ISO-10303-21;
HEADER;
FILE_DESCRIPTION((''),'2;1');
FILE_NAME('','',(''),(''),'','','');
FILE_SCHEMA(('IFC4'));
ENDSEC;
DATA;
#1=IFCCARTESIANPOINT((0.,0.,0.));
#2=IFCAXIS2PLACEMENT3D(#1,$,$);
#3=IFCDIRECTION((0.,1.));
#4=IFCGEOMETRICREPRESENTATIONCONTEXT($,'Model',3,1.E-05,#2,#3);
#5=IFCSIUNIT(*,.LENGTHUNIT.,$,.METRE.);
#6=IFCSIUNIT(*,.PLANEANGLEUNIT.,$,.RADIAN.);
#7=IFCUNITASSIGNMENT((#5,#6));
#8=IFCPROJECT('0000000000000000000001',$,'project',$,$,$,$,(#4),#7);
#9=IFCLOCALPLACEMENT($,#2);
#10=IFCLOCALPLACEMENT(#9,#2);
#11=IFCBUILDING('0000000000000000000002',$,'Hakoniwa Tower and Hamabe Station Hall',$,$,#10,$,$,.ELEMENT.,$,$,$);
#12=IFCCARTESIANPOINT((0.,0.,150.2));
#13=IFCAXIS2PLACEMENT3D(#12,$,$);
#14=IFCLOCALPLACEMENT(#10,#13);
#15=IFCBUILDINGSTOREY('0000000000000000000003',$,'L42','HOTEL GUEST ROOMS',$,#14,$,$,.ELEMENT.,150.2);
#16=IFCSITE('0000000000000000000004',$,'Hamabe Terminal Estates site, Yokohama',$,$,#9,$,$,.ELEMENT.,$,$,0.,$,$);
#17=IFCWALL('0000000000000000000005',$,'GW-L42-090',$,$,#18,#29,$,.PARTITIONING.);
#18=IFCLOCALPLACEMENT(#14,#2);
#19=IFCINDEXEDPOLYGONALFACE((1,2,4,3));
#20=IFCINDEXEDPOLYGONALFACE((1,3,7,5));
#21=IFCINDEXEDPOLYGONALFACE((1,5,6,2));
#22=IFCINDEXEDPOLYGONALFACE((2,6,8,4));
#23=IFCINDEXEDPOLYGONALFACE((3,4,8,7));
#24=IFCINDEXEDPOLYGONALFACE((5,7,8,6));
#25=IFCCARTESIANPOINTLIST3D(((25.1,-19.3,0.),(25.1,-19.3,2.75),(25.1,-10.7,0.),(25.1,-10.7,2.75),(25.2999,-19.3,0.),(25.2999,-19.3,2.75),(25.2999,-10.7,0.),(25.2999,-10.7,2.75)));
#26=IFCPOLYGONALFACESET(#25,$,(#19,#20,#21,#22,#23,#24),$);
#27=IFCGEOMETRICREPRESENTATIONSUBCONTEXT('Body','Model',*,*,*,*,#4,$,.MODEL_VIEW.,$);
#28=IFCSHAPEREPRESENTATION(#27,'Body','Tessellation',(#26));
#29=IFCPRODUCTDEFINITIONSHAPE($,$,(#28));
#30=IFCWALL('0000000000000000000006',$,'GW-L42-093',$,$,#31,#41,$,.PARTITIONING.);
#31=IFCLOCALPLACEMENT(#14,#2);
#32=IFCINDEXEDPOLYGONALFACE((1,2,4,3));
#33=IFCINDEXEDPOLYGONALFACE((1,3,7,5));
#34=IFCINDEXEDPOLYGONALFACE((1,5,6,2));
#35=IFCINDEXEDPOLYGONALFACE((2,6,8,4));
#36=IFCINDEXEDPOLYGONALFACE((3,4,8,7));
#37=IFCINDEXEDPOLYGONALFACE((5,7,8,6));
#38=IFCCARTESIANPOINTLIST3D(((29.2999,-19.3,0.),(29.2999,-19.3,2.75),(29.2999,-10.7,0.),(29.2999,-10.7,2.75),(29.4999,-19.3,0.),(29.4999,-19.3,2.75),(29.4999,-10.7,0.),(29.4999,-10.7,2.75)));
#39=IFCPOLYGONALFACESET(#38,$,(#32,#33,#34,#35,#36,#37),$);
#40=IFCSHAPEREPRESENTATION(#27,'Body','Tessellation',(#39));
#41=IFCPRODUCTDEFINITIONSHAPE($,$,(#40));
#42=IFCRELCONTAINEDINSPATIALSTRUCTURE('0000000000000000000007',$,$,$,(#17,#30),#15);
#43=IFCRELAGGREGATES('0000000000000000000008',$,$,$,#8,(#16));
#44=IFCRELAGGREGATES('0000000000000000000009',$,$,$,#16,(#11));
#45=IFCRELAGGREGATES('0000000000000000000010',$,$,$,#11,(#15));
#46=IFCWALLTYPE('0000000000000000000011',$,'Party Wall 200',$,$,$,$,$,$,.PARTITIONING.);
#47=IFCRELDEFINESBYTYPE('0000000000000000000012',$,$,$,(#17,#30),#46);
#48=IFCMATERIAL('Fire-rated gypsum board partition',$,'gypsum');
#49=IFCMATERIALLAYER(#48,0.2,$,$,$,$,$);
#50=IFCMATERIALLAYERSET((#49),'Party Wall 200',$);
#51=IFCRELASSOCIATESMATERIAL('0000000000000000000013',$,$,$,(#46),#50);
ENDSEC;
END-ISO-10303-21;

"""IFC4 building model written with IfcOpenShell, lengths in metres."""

from ifc_helpers import new_model, si_unit, direction, frame, frame_2d, origin, place, context, subcontext, project, spatial, rectangle, extrude, material, layer, layer_set, type_object, element, save


model = new_model("IFC4")

# Units and contexts
model_context = context("Model", 3, precision=1e-05, world=origin(), true_north=direction((0.0, 1.0)))
body_context = subcontext(model_context, "Body", "Model", "MODEL_VIEW")
ifc_project = project(units=[si_unit("LENGTHUNIT", "METRE"), si_unit("PLANEANGLEUNIT", "RADIAN")], contexts=[model_context])

# Site, building, storey
site_placement = place(None, origin())
site = spatial("IfcSite", under=ifc_project, at=site_placement, Name="Hamabe Terminal Estates site, Yokohama", CompositionType="ELEMENT", RefElevation=0.0)
building_placement = place(site_placement, origin())
building = spatial("IfcBuilding", under=site, at=building_placement, Name="Hakoniwa Tower and Hamabe Station Hall", CompositionType="ELEMENT")
storey_placement = place(building_placement, frame((0.0, 0.0, 150.2)))
storey = spatial("IfcBuildingStorey", under=building, at=storey_placement, Name="L42", Description="HOTEL GUEST ROOMS", CompositionType="ELEMENT", Elevation=150.2)

# Walls
ifc_material_1 = material(Name="Fire-rated gypsum board partition", Category="gypsum")
ifc_layer_1 = layer(ifc_material_1, 0.2)
ifc_layer_set_1 = layer_set([ifc_layer_1], Name="Party Wall 200")
wall_type_1 = type_object("IfcWallType", Name="Party Wall 200", PredefinedType="PARTITIONING", material=ifc_layer_set_1)
for number, where, z_axis, x_axis, name in (
    (1, (25.2, -19.3, 0.0), (0.0, 0.0, 1.0), (0.0, 1.0, 0.0), "GW-L42-090"),
    (2, (29.3999, -19.3, 0.0), (0.0, 0.0, 1.0), (0.0, 1.0, 0.0), "GW-L42-093"),
):
    element("IfcWall", number, at=place(storey_placement, frame(where, z_axis=z_axis, x_axis=x_axis)), inside=storey, type_object=wall_type_1, Name=name, PredefinedType="PARTITIONING", context=body_context, shape_type="SweptSolid", body=[
        extrude(rectangle(XDim=8.6001, YDim=0.2, at=frame_2d((4.3, 0.0))), origin(), (0.0, 0.0, 1.0), 2.75),
    ])

save(model, "model.ifc")
